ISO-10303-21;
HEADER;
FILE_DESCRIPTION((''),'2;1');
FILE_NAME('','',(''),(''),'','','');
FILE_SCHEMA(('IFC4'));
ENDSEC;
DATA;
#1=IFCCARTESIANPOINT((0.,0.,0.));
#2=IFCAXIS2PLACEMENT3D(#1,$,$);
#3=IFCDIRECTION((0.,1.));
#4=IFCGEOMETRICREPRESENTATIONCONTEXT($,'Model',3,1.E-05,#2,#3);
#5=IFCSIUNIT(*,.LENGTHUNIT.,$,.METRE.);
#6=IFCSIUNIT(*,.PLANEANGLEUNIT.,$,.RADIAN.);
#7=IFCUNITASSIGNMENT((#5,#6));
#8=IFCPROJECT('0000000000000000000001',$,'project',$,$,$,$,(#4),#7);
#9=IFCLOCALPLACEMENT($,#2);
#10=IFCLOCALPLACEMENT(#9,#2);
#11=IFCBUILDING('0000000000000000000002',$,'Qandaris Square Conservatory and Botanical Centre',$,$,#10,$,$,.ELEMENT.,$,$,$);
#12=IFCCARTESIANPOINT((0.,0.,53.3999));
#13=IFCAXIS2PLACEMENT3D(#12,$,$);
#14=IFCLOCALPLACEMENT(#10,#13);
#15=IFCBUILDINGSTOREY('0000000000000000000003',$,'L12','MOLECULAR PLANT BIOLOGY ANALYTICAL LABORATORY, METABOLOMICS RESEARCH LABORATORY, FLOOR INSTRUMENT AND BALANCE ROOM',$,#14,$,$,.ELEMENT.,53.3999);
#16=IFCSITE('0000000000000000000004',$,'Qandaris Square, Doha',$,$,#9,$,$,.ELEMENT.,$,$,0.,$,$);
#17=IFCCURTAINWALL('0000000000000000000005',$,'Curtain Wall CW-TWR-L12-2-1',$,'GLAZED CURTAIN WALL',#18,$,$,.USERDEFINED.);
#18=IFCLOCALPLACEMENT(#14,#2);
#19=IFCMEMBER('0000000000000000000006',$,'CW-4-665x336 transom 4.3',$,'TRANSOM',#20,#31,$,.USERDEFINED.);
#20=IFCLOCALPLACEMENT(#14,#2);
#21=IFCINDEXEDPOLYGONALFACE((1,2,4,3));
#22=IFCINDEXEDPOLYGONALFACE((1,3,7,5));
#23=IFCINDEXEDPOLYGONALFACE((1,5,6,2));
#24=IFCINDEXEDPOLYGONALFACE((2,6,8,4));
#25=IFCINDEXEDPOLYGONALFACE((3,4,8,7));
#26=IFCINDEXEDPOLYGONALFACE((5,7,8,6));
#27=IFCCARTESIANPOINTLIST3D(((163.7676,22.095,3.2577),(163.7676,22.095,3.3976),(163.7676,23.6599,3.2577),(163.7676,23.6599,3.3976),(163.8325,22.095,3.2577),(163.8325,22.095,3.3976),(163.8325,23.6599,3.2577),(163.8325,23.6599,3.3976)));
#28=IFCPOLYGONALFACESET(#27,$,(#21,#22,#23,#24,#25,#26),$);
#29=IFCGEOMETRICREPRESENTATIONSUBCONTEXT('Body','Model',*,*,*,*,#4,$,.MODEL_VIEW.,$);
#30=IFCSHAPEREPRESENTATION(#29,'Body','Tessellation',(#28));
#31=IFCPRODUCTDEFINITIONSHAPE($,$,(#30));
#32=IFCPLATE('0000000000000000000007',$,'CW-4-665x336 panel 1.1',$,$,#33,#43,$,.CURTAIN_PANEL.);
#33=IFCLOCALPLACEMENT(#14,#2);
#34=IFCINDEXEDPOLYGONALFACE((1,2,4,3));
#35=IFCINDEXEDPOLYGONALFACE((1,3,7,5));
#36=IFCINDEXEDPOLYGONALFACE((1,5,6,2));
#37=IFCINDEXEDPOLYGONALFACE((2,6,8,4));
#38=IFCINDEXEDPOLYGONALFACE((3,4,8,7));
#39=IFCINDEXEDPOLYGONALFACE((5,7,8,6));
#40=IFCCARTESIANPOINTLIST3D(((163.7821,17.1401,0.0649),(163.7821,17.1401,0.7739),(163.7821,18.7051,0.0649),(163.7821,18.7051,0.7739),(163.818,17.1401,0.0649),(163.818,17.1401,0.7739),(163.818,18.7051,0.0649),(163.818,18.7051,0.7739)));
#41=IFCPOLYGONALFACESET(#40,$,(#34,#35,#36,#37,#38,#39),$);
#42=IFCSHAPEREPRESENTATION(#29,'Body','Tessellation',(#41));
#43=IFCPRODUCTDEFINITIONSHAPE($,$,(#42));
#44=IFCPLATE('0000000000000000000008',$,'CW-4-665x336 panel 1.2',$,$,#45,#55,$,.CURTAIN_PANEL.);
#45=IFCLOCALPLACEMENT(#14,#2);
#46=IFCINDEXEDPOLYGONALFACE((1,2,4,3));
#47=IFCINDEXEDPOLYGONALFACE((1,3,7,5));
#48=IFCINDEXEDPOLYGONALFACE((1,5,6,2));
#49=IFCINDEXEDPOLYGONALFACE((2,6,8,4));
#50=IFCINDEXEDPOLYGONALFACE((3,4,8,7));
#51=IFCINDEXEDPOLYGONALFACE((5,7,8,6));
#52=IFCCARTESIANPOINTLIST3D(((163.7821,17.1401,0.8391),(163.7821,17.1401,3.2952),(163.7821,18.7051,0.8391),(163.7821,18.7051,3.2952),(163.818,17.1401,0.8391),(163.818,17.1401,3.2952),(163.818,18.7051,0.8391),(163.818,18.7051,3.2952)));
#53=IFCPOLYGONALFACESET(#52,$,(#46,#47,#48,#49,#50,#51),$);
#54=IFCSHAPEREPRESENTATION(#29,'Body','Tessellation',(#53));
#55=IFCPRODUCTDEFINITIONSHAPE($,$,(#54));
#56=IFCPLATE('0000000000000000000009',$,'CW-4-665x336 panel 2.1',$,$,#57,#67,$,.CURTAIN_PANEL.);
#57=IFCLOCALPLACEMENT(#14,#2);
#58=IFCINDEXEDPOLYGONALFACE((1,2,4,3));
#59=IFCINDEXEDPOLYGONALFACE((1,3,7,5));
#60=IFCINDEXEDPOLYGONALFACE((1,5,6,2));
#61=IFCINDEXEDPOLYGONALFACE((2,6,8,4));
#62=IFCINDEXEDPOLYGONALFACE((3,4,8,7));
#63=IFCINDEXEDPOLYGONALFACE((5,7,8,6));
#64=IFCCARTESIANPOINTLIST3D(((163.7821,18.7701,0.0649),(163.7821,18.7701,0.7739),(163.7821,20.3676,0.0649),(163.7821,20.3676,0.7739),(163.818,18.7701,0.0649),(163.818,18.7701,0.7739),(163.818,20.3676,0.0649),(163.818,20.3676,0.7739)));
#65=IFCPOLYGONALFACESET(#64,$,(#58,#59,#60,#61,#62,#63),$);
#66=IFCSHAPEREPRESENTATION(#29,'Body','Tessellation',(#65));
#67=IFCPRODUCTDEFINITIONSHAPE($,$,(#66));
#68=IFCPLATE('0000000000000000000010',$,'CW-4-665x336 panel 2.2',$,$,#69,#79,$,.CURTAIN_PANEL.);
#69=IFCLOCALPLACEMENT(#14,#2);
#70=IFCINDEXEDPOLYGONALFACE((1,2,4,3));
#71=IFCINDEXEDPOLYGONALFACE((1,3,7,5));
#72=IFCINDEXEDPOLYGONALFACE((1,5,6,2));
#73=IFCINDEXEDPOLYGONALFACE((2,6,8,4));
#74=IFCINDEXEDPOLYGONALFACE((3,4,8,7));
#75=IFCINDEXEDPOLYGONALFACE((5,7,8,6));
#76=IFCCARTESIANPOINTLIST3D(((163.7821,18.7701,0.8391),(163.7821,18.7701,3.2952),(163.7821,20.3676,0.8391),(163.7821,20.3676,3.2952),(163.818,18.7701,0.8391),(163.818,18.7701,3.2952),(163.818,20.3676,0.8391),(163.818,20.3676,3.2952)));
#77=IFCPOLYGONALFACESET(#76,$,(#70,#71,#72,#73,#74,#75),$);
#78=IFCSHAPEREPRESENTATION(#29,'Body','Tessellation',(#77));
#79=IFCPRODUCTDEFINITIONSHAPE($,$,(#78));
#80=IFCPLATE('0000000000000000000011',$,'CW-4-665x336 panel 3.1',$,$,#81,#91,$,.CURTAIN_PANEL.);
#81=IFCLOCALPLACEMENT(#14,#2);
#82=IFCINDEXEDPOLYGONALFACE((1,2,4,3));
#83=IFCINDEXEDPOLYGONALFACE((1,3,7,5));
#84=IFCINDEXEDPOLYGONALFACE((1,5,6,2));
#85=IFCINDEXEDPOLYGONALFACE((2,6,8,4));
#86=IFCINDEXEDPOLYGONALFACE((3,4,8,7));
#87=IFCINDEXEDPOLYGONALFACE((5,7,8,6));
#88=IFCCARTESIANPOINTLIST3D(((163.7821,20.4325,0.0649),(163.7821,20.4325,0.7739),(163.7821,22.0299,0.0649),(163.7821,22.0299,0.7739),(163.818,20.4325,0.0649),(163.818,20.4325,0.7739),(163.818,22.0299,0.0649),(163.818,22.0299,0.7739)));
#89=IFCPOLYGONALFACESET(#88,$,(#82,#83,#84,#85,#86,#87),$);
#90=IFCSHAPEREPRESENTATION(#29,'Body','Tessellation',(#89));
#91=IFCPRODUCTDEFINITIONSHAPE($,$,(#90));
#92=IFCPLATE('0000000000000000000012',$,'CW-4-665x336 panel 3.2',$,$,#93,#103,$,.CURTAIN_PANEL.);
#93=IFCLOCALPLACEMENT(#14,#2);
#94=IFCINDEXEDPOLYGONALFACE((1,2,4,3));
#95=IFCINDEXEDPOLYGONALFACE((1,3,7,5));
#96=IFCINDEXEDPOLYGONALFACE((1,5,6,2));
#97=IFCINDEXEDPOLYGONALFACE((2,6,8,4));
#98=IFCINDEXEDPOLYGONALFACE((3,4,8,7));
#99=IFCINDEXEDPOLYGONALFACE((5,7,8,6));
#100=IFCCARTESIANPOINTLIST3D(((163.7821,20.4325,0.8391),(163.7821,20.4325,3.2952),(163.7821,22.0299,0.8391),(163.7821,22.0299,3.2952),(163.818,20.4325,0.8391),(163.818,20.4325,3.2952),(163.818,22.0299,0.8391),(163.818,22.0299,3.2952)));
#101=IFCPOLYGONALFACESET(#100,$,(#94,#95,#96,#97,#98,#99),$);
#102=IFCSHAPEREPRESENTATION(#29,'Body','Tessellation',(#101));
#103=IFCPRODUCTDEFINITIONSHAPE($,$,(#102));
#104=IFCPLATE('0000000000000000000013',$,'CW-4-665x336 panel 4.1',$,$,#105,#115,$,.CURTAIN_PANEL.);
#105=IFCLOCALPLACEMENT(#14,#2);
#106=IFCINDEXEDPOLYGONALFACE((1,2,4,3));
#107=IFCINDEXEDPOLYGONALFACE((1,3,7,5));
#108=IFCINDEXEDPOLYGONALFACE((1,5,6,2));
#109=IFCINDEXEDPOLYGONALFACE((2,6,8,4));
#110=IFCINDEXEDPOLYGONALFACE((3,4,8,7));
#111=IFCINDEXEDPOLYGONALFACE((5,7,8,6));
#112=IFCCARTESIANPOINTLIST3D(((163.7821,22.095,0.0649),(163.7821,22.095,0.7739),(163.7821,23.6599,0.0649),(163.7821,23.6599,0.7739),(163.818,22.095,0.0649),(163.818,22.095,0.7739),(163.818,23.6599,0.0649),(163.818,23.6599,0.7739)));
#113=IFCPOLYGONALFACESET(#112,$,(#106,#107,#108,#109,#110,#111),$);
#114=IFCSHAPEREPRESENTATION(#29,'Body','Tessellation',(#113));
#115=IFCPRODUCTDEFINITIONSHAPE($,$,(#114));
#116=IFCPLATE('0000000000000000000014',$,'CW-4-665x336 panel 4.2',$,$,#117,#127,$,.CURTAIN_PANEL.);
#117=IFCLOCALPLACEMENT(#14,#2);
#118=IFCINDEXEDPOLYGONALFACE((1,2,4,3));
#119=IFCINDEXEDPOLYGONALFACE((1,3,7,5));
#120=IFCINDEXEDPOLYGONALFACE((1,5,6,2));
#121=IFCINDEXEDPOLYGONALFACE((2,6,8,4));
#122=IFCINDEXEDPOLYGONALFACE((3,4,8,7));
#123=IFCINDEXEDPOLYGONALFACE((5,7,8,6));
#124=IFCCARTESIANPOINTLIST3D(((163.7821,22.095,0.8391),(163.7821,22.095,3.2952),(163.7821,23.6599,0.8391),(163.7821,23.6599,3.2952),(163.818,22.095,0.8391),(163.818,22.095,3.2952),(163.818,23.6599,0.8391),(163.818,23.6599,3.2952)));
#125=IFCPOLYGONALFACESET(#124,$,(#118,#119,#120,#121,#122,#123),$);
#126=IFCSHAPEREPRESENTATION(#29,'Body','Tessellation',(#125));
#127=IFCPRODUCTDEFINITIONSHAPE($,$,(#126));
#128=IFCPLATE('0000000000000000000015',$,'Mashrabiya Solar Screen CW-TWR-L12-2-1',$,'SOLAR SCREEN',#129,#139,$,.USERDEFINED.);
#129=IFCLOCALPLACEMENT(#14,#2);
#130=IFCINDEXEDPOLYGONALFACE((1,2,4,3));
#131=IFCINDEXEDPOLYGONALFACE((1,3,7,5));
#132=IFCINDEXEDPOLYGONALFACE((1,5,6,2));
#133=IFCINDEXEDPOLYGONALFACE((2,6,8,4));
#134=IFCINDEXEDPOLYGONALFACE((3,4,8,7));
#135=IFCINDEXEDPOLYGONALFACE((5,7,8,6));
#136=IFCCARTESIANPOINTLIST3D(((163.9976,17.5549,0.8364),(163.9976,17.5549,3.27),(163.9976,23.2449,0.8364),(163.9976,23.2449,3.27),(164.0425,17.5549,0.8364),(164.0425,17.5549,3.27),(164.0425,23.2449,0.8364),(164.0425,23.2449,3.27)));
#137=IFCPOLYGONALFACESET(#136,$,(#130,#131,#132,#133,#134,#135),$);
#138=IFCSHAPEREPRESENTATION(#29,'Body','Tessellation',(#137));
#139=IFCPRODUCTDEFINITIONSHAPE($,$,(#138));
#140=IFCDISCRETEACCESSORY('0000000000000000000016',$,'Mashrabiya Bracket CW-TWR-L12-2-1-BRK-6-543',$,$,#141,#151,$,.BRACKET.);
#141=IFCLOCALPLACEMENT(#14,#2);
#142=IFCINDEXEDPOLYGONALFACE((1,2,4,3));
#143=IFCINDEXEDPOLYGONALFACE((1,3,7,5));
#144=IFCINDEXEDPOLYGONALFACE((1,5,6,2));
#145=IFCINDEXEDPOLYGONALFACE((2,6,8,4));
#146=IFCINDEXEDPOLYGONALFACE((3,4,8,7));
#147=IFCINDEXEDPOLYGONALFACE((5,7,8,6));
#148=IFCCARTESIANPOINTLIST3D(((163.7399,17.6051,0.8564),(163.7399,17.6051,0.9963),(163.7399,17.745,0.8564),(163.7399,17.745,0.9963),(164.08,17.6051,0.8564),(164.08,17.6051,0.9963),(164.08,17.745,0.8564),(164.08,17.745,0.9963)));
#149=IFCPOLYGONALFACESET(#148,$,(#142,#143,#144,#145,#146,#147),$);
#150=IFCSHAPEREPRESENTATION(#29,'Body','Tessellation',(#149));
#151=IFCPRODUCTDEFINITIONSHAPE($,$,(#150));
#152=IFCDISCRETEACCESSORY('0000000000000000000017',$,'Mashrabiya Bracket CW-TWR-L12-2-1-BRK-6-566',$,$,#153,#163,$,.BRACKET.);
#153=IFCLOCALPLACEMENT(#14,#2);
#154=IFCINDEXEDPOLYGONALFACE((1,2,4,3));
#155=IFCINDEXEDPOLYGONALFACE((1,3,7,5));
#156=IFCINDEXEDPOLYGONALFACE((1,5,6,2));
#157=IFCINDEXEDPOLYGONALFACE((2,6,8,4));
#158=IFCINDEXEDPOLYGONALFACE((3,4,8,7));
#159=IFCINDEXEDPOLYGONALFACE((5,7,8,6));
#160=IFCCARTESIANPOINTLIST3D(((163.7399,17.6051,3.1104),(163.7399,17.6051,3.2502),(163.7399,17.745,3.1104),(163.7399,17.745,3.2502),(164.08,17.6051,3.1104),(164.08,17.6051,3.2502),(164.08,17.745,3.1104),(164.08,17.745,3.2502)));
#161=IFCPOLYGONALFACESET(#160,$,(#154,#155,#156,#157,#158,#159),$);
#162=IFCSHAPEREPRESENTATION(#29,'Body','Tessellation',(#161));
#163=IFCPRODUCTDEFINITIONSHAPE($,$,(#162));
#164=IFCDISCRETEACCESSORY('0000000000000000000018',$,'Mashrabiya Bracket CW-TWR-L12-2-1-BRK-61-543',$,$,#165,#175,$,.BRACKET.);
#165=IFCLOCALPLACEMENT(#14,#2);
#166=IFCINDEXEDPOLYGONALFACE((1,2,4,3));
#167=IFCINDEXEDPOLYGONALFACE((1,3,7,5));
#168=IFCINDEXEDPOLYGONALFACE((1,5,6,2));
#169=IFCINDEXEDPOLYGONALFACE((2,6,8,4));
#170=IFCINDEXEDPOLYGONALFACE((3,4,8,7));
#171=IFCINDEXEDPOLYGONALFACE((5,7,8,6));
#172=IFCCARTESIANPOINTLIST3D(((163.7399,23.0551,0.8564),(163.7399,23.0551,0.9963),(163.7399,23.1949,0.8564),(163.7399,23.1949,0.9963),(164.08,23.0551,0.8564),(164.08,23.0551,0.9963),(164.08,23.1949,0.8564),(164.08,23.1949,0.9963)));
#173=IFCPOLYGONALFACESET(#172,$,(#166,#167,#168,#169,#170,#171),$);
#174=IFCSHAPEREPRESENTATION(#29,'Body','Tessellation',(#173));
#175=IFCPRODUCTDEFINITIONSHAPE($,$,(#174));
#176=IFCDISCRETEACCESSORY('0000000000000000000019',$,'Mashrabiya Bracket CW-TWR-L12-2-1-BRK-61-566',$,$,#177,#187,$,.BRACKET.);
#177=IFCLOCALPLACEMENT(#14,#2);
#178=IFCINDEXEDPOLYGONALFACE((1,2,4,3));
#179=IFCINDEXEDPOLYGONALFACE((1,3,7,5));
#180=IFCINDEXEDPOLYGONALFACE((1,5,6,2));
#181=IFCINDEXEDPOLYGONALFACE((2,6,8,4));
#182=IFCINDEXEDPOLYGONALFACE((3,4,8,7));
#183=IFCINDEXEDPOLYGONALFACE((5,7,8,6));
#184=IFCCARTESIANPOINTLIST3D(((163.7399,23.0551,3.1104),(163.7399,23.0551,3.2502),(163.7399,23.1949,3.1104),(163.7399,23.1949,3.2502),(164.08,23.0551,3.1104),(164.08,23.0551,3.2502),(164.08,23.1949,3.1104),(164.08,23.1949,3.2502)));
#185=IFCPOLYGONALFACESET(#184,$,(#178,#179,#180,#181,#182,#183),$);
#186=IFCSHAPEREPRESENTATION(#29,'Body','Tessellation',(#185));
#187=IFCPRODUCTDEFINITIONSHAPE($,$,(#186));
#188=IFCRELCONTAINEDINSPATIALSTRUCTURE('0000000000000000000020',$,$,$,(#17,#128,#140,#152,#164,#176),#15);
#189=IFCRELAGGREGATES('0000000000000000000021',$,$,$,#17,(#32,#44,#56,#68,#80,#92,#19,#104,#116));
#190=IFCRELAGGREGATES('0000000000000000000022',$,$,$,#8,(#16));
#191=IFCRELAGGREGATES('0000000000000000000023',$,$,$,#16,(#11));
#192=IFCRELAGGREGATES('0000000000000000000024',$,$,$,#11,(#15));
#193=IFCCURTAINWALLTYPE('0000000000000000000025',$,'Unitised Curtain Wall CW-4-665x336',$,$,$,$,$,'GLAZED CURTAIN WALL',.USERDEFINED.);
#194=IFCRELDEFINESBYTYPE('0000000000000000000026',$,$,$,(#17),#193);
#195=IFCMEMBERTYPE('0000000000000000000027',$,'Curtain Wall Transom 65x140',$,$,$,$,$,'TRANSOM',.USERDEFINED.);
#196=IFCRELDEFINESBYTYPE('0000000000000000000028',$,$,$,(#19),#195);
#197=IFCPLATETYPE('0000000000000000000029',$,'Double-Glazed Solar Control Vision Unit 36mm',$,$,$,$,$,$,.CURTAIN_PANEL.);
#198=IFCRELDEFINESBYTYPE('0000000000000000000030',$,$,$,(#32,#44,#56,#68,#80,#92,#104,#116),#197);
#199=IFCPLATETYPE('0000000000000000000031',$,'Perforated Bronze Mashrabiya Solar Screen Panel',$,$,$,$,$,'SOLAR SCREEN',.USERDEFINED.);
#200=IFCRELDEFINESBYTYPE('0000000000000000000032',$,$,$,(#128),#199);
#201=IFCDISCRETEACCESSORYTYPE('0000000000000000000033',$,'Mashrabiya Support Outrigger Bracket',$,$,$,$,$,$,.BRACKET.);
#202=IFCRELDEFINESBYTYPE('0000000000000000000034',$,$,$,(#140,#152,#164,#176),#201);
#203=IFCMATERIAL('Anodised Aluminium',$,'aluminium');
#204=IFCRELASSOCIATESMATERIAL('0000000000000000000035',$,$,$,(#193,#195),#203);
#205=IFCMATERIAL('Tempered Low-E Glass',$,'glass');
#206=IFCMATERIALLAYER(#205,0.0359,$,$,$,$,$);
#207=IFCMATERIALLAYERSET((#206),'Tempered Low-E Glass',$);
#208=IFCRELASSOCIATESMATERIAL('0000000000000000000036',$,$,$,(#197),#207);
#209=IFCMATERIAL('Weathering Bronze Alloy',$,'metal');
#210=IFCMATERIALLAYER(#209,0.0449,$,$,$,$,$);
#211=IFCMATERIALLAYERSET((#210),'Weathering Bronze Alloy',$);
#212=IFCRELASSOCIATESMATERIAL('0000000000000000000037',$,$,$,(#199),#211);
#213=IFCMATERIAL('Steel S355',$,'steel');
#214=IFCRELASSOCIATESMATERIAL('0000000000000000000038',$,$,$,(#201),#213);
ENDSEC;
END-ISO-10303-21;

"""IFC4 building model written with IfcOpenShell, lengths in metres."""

from ifc_helpers import new_model, si_unit, direction, frame, origin, origin_2d, place, context, subcontext, project, spatial, rectangle, extrude, material, layer, layer_set, material_profile, profile_set, type_object, element, aggregate, save


model = new_model("IFC4")

# Units and contexts
model_context = context("Model", 3, precision=1e-05, world=origin(), true_north=direction((0.0, 1.0)))
body_context = subcontext(model_context, "Body", "Model", "MODEL_VIEW")
ifc_project = project(units=[si_unit("LENGTHUNIT", "METRE"), si_unit("PLANEANGLEUNIT", "RADIAN")], contexts=[model_context])

# Site, building, storey
site_placement = place(None, origin())
site = spatial("IfcSite", under=ifc_project, at=site_placement, Name="Qandaris Square, Doha", CompositionType="ELEMENT", RefElevation=0.0)
building_placement = place(site_placement, origin())
building = spatial("IfcBuilding", under=site, at=building_placement, Name="Qandaris Square Conservatory and Botanical Centre", CompositionType="ELEMENT")
storey_placement = place(building_placement, frame((0.0, 0.0, 53.3999)))
storey = spatial("IfcBuildingStorey", under=building, at=storey_placement, Name="L12", Description="MOLECULAR PLANT BIOLOGY ANALYTICAL LABORATORY, METABOLOMICS RESEARCH LABORATORY, FLOOR INSTRUMENT AND BALANCE ROOM", CompositionType="ELEMENT", Elevation=53.3999)

# Curtain wall, member, plates
ifc_material_1 = material(Name="Anodised Aluminium", Category="aluminium")
curtain_wall_type = type_object("IfcCurtainWallType", Name="Unitised Curtain Wall CW-4-665x336", ElementType="GLAZED CURTAIN WALL", PredefinedType="USERDEFINED", material=ifc_material_1)
curtain_wall_placement = place(storey_placement, origin())
curtain_wall = element("IfcCurtainWall", 1, at=curtain_wall_placement, inside=storey, type_object=curtain_wall_type, Name="Curtain Wall CW-TWR-L12-2-1", ObjectType="GLAZED CURTAIN WALL", PredefinedType="USERDEFINED")
ifc_material_profile_1 = material_profile(ifc_material_1, rectangle(XDim=0.0649, YDim=0.1399, at=origin_2d()), Name="ALU-TRN 65x140")
ifc_profile_set_1 = profile_set([ifc_material_profile_1], Name="Anodised Aluminium")
member_type_1 = type_object("IfcMemberType", Name="Curtain Wall Transom 65x140", ElementType="TRANSOM", PredefinedType="USERDEFINED", material=ifc_profile_set_1)
member_1_placement = place(storey_placement, frame((163.8, 22.095, 3.3276), z_axis=(0.0, 1.0, 0.0), x_axis=(-1.0, 0.0, 0.0)))
member_1 = element("IfcMember", 2, at=member_1_placement, type_object=member_type_1, Name="CW-4-665x336 transom 4.3", ObjectType="TRANSOM", PredefinedType="USERDEFINED", context=body_context, shape_type="SweptSolid", body=[
    extrude(rectangle(XDim=0.0649, YDim=0.1399, at=origin_2d()), origin(), (0.0, 0.0, 1.0), 1.5649),
])
ifc_material_2 = material(Name="Tempered Low-E Glass", Category="glass")
ifc_layer_1 = layer(ifc_material_2, 0.0359)
ifc_layer_set_1 = layer_set([ifc_layer_1], Name="Tempered Low-E Glass")
plate_type_1 = type_object("IfcPlateType", Name="Double-Glazed Solar Control Vision Unit 36mm", PredefinedType="CURTAIN_PANEL", material=ifc_layer_set_1)
plate_1_placement = place(storey_placement, frame((163.8, 17.9226, 0.0649), z_axis=(0.0, 0.0, 1.0), x_axis=(0.0, 1.0, 0.0)))
plate_1 = element("IfcPlate", 3, at=plate_1_placement, type_object=plate_type_1, Name="CW-4-665x336 panel 1.1", PredefinedType="CURTAIN_PANEL", context=body_context, shape_type="SweptSolid", body=[
    extrude(rectangle(XDim=1.5649, YDim=0.0359, at=origin_2d()), origin(), (0.0, 0.0, 1.0), 0.709),
])
plate_2_placement = place(storey_placement, frame((163.8, 17.9226, 0.8391), z_axis=(0.0, 0.0, 1.0), x_axis=(0.0, 1.0, 0.0)))
plate_2 = element("IfcPlate", 4, at=plate_2_placement, type_object=plate_type_1, Name="CW-4-665x336 panel 1.2", PredefinedType="CURTAIN_PANEL", context=body_context, shape_type="SweptSolid", body=[
    extrude(rectangle(XDim=1.5649, YDim=0.0359, at=origin_2d()), origin(), (0.0, 0.0, 1.0), 2.4561),
])
plate_3_placement = place(storey_placement, frame((163.8, 19.5688, 0.0649), z_axis=(0.0, 0.0, 1.0), x_axis=(0.0, 1.0, 0.0)))
plate_3 = element("IfcPlate", 5, at=plate_3_placement, type_object=plate_type_1, Name="CW-4-665x336 panel 2.1", PredefinedType="CURTAIN_PANEL", context=body_context, shape_type="SweptSolid", body=[
    extrude(rectangle(XDim=1.5974, YDim=0.0359, at=origin_2d()), origin(), (0.0, 0.0, 1.0), 0.709),
])
plate_4_placement = place(storey_placement, frame((163.8, 19.5688, 0.8391), z_axis=(0.0, 0.0, 1.0), x_axis=(0.0, 1.0, 0.0)))
plate_4 = element("IfcPlate", 6, at=plate_4_placement, type_object=plate_type_1, Name="CW-4-665x336 panel 2.2", PredefinedType="CURTAIN_PANEL", context=body_context, shape_type="SweptSolid", body=[
    extrude(rectangle(XDim=1.5974, YDim=0.0359, at=origin_2d()), origin(), (0.0, 0.0, 1.0), 2.4561),
])
plate_5_placement = place(storey_placement, frame((163.8, 21.2312, 0.0649), z_axis=(0.0, 0.0, 1.0), x_axis=(0.0, 1.0, 0.0)))
plate_5 = element("IfcPlate", 7, at=plate_5_placement, type_object=plate_type_1, Name="CW-4-665x336 panel 3.1", PredefinedType="CURTAIN_PANEL", context=body_context, shape_type="SweptSolid", body=[
    extrude(rectangle(XDim=1.5974, YDim=0.0359, at=origin_2d()), origin(), (0.0, 0.0, 1.0), 0.709),
])
plate_6_placement = place(storey_placement, frame((163.8, 21.2312, 0.8391), z_axis=(0.0, 0.0, 1.0), x_axis=(0.0, 1.0, 0.0)))
plate_6 = element("IfcPlate", 8, at=plate_6_placement, type_object=plate_type_1, Name="CW-4-665x336 panel 3.2", PredefinedType="CURTAIN_PANEL", context=body_context, shape_type="SweptSolid", body=[
    extrude(rectangle(XDim=1.5974, YDim=0.0359, at=origin_2d()), origin(), (0.0, 0.0, 1.0), 2.4561),
])
plate_7_placement = place(storey_placement, frame((163.8, 22.8774, 0.0649), z_axis=(0.0, 0.0, 1.0), x_axis=(0.0, 1.0, 0.0)))
plate_7 = element("IfcPlate", 9, at=plate_7_placement, type_object=plate_type_1, Name="CW-4-665x336 panel 4.1", PredefinedType="CURTAIN_PANEL", context=body_context, shape_type="SweptSolid", body=[
    extrude(rectangle(XDim=1.5649, YDim=0.0359, at=origin_2d()), origin(), (0.0, 0.0, 1.0), 0.709),
])
plate_8_placement = place(storey_placement, frame((163.8, 22.8774, 0.8391), z_axis=(0.0, 0.0, 1.0), x_axis=(0.0, 1.0, 0.0)))
plate_8 = element("IfcPlate", 10, at=plate_8_placement, type_object=plate_type_1, Name="CW-4-665x336 panel 4.2", PredefinedType="CURTAIN_PANEL", context=body_context, shape_type="SweptSolid", body=[
    extrude(rectangle(XDim=1.5649, YDim=0.0359, at=origin_2d()), origin(), (0.0, 0.0, 1.0), 2.4561),
])
aggregate(curtain_wall, [plate_1, plate_2, plate_3, plate_4, plate_5, plate_6, member_1, plate_7, plate_8])

# Plate
ifc_material_3 = material(Name="Weathering Bronze Alloy", Category="metal")
ifc_layer_2 = layer(ifc_material_3, 0.0449)
ifc_layer_set_2 = layer_set([ifc_layer_2], Name="Weathering Bronze Alloy")
plate_type_2 = type_object("IfcPlateType", Name="Perforated Bronze Mashrabiya Solar Screen Panel", ElementType="SOLAR SCREEN", PredefinedType="USERDEFINED", material=ifc_layer_set_2)
plate_9_placement = place(storey_placement, frame((164.02, 20.3999, 0.8364), z_axis=(0.0, 0.0, 1.0), x_axis=(0.0, 1.0, 0.0)))
element("IfcPlate", 11, at=plate_9_placement, inside=storey, type_object=plate_type_2, Name="Mashrabiya Solar Screen CW-TWR-L12-2-1", ObjectType="SOLAR SCREEN", PredefinedType="USERDEFINED", context=body_context, shape_type="SweptSolid", body=[
    extrude(rectangle(XDim=5.6899, YDim=0.0449, at=origin_2d()), origin(), (0.0, 0.0, 1.0), 2.4336),
])

# Discrete accessories
ifc_material_4 = material(Name="Steel S355", Category="steel")
discrete_accessory_type = type_object("IfcDiscreteAccessoryType", Name="Mashrabiya Support Outrigger Bracket", PredefinedType="BRACKET", material=ifc_material_4)
for number, where, z_axis, x_axis, name in (
    (12, (163.9099, 17.675, 0.8564), (0.0, 0.0, 1.0), (0.0, 1.0, 0.0), "Mashrabiya Bracket CW-TWR-L12-2-1-BRK-6-543"),
    (13, (163.9099, 17.675, 3.1104), (0.0, 0.0, 1.0), (0.0, 1.0, 0.0), "Mashrabiya Bracket CW-TWR-L12-2-1-BRK-6-566"),
    (14, (163.9099, 23.125, 0.8564), (0.0, 0.0, 1.0), (0.0, 1.0, 0.0), "Mashrabiya Bracket CW-TWR-L12-2-1-BRK-61-543"),
    (15, (163.9099, 23.125, 3.1104), (0.0, 0.0, 1.0), (0.0, 1.0, 0.0), "Mashrabiya Bracket CW-TWR-L12-2-1-BRK-61-566"),
):
    element("IfcDiscreteAccessory", number, at=place(storey_placement, frame(where, z_axis=z_axis, x_axis=x_axis)), inside=storey, type_object=discrete_accessory_type, Name=name, PredefinedType="BRACKET", context=body_context, shape_type="SweptSolid", body=[
        extrude(rectangle(XDim=0.1399, YDim=0.3401, at=origin_2d()), origin(), (0.0, 0.0, 1.0), 0.1399),
    ])

save(model, "model.ifc")
